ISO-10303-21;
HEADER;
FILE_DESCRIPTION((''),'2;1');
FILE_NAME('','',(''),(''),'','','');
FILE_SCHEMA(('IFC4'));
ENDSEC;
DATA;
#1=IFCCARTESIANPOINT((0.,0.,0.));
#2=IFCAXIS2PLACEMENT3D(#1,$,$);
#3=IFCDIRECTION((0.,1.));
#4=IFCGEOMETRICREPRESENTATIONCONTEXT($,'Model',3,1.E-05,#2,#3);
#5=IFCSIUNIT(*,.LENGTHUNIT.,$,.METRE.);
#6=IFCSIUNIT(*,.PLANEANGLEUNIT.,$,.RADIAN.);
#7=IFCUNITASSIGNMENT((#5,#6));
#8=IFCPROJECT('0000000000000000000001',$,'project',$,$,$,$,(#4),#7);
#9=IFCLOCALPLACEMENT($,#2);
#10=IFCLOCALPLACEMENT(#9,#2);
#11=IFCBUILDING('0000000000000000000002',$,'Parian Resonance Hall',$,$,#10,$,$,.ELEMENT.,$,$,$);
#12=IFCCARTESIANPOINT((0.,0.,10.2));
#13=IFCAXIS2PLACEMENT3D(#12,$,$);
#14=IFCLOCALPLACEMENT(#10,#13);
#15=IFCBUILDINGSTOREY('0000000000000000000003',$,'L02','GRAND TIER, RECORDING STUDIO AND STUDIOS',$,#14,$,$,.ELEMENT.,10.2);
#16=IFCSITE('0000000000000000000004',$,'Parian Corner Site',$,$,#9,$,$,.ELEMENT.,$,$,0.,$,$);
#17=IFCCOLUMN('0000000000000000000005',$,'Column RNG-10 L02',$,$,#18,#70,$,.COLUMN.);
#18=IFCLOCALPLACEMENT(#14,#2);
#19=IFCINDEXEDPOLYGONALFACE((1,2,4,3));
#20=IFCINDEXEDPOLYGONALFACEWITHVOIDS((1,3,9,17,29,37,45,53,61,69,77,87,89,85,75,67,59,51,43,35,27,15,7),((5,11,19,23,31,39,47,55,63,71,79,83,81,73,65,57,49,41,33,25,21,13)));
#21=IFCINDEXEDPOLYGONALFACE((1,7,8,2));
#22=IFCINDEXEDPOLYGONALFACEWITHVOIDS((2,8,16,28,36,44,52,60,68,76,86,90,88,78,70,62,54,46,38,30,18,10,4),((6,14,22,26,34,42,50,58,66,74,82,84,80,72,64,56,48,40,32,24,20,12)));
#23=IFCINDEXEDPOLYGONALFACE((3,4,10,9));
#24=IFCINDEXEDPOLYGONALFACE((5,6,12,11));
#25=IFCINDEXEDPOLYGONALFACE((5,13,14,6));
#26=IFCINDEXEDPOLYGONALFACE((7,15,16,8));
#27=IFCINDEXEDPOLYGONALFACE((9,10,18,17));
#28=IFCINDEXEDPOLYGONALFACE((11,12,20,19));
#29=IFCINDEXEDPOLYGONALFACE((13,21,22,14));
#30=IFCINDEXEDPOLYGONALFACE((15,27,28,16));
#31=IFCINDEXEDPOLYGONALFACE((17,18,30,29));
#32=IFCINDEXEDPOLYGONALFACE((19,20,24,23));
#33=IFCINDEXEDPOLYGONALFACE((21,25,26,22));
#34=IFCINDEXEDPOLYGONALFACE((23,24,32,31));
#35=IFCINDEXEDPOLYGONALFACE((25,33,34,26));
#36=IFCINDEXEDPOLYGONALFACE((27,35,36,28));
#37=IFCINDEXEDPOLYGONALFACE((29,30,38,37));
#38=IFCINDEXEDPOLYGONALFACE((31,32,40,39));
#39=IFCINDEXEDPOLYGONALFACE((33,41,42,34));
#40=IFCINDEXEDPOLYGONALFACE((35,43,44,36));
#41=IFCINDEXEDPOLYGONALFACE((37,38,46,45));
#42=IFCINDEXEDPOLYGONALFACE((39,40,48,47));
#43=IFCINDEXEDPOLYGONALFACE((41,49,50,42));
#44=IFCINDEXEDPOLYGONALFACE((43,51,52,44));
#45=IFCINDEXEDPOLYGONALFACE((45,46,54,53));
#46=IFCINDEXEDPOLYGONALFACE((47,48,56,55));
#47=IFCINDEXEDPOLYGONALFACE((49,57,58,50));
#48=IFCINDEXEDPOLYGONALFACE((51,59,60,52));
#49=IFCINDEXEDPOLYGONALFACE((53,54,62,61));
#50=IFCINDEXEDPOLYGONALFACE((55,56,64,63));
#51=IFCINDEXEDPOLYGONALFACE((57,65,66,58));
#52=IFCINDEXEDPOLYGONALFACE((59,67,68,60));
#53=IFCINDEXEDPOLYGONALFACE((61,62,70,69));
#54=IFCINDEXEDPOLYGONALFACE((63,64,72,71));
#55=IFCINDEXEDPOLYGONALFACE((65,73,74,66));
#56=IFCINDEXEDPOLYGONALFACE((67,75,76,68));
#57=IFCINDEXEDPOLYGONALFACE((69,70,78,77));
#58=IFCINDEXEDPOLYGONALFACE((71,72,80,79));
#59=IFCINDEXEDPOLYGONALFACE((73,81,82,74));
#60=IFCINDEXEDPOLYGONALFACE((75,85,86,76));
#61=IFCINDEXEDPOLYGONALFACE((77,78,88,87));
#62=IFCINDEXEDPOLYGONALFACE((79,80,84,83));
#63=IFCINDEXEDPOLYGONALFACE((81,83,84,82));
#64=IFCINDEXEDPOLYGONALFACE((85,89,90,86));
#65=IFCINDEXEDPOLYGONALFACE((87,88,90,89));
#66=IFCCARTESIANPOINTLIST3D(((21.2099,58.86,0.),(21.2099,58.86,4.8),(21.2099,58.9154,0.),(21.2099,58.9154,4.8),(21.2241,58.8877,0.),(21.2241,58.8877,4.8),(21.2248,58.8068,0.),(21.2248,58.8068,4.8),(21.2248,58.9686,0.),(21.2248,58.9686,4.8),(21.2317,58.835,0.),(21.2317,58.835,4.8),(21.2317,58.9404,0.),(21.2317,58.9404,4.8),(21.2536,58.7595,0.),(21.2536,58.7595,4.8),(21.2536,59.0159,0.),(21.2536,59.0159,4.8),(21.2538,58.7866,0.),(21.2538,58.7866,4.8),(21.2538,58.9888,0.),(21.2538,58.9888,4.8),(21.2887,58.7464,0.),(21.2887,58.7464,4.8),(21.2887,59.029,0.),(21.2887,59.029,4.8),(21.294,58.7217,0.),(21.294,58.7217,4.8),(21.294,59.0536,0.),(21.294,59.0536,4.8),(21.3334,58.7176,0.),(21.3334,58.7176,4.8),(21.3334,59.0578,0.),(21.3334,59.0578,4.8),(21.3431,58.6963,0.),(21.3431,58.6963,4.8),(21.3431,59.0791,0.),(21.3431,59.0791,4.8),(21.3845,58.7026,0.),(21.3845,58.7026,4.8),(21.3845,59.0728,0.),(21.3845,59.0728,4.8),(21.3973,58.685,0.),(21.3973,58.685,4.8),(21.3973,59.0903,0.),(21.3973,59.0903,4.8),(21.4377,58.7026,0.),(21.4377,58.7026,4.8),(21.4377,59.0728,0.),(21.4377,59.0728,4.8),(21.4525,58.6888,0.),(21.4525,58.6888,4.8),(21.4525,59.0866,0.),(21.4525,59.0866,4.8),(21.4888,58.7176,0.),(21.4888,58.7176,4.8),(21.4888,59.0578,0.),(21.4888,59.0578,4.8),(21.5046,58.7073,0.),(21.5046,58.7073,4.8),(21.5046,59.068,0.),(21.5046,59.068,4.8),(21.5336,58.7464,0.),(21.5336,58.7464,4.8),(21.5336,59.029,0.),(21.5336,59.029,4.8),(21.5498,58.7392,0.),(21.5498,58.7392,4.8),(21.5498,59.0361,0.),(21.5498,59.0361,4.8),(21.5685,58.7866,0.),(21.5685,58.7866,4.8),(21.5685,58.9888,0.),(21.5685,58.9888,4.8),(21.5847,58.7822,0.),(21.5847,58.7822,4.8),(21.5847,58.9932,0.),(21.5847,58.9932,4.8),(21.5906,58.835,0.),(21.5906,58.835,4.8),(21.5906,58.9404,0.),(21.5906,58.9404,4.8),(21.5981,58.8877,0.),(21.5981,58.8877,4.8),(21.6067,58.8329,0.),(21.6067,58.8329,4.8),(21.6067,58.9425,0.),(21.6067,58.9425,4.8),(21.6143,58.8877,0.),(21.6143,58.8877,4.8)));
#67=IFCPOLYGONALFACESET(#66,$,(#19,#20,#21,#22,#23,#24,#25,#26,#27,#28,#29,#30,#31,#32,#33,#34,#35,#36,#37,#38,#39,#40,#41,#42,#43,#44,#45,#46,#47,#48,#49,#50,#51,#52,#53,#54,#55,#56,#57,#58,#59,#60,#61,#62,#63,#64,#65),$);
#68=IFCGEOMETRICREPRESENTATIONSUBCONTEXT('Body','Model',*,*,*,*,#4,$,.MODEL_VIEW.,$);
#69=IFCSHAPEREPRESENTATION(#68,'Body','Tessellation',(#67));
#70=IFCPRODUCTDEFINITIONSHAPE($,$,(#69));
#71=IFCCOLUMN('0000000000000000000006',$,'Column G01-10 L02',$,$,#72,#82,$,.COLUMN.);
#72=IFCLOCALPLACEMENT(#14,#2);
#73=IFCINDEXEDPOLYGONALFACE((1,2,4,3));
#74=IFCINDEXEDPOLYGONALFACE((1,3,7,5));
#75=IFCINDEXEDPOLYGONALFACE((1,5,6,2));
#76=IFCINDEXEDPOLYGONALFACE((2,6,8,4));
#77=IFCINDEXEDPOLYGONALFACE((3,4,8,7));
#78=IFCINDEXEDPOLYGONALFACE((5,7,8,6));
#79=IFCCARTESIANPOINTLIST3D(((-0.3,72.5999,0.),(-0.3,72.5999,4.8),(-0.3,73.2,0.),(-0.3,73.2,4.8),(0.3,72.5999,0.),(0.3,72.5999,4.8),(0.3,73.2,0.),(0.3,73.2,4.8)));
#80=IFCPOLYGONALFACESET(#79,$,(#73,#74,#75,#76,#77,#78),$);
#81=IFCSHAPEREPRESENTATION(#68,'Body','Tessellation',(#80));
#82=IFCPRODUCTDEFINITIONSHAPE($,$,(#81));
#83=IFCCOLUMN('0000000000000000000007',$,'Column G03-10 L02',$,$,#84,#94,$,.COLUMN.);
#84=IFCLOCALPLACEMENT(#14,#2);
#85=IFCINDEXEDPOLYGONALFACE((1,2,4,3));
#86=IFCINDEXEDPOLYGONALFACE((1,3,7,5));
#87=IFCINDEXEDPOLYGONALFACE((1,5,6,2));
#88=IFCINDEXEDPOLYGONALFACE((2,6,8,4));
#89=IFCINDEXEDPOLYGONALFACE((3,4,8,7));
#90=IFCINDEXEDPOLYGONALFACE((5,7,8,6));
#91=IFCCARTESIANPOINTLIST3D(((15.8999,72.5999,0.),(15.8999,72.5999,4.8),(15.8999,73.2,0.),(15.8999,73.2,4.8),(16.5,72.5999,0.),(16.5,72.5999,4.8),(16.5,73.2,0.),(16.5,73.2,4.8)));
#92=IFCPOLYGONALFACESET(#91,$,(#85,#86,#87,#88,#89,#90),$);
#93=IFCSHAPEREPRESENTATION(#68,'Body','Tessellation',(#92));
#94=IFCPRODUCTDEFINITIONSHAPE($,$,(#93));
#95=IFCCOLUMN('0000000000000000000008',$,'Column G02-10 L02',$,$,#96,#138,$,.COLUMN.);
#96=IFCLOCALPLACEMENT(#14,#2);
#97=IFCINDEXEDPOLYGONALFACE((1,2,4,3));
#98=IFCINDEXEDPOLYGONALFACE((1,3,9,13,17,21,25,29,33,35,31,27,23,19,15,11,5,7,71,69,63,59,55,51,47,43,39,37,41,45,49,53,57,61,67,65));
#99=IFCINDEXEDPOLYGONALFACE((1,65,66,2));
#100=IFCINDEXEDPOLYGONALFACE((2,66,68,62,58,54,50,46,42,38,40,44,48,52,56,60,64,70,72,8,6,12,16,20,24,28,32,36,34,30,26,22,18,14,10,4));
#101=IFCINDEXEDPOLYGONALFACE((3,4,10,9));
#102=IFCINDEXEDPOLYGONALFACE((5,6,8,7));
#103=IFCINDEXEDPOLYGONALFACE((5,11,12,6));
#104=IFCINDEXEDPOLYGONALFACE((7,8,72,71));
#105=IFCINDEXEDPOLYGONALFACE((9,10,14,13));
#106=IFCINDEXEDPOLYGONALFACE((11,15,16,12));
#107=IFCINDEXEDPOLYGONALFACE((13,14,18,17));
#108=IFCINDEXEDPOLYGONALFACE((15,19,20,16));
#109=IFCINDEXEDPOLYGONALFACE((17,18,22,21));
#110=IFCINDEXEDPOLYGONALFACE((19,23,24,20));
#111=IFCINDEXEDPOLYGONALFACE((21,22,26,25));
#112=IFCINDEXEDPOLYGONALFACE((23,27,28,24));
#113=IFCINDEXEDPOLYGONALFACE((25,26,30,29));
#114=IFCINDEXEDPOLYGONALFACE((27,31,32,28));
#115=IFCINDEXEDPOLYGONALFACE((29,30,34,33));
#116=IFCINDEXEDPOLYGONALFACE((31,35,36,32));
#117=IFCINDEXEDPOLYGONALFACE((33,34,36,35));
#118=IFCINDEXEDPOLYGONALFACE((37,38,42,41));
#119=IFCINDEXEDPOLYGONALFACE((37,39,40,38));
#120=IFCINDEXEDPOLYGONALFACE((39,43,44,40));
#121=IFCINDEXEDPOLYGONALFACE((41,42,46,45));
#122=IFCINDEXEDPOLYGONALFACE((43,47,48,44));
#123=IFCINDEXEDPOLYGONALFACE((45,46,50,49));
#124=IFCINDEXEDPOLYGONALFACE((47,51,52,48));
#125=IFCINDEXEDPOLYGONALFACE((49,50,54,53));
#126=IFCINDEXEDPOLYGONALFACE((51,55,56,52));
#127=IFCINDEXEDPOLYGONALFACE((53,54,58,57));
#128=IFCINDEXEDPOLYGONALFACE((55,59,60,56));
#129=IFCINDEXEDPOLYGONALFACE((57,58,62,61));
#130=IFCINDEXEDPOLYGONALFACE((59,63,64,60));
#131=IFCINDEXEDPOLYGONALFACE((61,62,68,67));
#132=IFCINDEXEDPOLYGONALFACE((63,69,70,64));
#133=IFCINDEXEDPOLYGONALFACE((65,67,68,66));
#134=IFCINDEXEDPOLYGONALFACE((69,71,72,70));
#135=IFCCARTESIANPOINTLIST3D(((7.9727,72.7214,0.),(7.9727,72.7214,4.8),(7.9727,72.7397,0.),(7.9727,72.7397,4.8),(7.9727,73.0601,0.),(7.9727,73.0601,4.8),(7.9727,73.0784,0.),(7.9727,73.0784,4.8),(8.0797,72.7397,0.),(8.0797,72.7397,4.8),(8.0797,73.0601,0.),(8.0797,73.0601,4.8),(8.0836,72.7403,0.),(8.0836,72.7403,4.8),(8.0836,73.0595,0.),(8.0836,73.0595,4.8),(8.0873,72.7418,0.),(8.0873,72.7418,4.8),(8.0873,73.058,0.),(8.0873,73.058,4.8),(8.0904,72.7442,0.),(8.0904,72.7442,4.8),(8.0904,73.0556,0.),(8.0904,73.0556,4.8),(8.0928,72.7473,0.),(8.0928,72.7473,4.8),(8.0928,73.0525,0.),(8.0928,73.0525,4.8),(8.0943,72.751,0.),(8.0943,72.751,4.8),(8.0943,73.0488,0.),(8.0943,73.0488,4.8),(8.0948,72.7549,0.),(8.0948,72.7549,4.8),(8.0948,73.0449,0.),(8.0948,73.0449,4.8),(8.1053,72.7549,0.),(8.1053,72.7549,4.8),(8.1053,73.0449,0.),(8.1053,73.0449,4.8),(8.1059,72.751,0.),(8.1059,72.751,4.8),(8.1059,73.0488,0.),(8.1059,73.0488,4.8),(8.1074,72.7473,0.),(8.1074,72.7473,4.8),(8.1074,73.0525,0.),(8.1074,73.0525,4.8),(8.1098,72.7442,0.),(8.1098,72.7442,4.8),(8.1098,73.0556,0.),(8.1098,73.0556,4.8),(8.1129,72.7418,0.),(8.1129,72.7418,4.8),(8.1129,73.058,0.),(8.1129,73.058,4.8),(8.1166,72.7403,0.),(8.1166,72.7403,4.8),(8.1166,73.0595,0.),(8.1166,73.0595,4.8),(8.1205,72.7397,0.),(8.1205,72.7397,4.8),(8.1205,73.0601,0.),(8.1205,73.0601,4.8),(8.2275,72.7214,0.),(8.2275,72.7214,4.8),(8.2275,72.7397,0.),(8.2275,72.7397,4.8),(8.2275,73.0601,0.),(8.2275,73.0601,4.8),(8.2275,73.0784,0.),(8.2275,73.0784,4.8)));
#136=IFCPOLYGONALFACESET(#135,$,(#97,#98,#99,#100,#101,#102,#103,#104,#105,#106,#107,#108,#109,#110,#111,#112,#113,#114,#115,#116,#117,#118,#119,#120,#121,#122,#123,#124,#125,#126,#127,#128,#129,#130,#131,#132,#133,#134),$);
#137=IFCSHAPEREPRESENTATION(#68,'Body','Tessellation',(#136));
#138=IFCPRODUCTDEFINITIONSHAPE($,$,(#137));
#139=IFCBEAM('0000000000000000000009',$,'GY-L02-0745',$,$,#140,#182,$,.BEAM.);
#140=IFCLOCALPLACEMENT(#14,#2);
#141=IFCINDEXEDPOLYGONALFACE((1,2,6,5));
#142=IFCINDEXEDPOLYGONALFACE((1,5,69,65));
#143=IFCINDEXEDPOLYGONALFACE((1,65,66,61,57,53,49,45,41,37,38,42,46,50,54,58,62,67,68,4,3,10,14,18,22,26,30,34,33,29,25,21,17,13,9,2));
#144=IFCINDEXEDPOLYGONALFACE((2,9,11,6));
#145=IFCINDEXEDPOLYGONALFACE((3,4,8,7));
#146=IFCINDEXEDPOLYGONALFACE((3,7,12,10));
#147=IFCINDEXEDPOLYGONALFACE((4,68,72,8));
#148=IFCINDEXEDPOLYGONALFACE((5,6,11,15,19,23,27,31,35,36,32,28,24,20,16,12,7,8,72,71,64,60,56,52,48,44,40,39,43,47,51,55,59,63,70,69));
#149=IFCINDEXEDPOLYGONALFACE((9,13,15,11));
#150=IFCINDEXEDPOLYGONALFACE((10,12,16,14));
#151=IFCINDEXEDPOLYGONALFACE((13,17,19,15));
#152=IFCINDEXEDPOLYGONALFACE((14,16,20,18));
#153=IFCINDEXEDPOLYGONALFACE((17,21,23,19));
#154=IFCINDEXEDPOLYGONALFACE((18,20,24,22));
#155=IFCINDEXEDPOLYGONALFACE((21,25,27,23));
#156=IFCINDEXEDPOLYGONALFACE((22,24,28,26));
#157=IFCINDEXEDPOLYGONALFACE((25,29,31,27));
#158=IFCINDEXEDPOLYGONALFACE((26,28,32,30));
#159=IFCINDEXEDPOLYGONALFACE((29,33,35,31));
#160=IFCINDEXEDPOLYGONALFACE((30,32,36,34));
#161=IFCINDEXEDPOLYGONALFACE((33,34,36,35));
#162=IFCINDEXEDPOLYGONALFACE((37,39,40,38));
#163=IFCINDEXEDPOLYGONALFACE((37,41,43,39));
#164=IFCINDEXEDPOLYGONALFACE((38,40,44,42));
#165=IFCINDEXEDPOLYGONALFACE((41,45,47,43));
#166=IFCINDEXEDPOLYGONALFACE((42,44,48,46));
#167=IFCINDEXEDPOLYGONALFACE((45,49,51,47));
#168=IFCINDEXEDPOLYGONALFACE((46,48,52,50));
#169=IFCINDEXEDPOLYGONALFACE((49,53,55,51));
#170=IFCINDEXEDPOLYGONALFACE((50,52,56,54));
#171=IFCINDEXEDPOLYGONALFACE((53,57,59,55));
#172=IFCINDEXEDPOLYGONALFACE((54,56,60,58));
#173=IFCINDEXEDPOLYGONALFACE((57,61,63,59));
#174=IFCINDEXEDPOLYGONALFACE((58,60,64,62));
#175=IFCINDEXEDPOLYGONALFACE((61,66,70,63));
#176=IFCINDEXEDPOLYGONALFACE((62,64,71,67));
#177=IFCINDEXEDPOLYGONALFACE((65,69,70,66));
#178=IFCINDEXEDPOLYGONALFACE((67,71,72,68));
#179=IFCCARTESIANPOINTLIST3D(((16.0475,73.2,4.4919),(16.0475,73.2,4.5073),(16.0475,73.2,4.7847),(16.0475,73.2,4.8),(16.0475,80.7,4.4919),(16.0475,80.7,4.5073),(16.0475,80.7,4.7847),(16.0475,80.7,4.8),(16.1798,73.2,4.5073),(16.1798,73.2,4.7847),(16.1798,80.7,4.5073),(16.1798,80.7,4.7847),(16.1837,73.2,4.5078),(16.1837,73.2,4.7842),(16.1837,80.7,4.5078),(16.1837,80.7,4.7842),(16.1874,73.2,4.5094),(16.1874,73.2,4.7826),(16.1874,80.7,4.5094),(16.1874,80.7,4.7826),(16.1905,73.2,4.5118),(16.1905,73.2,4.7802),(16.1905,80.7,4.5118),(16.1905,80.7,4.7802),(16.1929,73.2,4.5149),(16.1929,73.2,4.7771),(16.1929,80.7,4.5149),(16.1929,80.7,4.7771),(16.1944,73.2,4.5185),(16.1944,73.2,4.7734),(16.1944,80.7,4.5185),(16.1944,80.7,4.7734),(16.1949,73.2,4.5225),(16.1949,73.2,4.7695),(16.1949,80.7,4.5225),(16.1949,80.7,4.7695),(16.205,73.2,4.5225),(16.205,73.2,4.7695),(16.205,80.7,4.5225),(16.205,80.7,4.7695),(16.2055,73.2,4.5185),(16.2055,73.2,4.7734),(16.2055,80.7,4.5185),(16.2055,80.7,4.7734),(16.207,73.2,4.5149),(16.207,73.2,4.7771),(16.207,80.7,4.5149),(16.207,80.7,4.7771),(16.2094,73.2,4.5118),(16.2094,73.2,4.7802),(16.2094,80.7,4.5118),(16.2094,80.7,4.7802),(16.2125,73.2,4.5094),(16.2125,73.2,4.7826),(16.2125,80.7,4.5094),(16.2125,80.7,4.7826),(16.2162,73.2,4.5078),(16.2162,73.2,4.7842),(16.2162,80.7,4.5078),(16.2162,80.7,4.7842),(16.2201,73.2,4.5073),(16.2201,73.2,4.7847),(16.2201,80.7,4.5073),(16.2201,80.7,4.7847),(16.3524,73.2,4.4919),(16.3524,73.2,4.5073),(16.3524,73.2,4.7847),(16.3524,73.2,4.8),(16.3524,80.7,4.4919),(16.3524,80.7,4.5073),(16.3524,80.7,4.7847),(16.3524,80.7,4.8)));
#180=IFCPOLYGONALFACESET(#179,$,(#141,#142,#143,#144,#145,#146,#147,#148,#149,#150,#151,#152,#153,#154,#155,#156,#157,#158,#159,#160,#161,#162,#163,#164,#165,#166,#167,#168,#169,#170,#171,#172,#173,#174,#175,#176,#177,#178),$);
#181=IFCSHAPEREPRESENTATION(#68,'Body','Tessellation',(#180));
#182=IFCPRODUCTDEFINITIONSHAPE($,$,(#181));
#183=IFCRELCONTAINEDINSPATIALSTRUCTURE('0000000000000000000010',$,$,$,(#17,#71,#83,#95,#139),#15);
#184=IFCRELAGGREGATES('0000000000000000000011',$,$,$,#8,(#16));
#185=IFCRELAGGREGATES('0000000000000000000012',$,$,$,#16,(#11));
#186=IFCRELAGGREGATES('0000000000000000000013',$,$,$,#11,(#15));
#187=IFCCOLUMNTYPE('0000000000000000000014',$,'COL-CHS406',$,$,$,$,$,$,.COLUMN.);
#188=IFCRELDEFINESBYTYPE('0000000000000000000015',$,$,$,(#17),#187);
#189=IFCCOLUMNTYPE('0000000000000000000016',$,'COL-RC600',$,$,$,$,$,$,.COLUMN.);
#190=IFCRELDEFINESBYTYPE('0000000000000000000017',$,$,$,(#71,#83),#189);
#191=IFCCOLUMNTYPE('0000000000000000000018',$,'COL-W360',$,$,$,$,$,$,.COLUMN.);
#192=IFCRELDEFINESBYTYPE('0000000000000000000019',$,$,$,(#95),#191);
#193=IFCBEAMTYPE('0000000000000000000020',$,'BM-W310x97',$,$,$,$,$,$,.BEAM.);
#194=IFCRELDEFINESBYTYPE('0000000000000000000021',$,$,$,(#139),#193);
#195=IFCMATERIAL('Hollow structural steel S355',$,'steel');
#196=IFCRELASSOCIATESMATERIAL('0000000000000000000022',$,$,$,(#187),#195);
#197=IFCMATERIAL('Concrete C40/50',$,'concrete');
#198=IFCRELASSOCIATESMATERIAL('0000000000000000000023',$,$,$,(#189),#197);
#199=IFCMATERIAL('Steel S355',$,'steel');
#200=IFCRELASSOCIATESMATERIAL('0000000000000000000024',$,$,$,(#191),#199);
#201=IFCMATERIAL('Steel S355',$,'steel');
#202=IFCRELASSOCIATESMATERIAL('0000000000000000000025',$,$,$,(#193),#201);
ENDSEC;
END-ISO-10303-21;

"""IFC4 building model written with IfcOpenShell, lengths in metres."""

from ifc_helpers import new_model, si_unit, direction, frame, origin, origin_2d, place, context, subcontext, project, spatial, rectangle, hollow_circle, i_section, extrude, material, material_profile, profile_set, type_object, element, save


model = new_model("IFC4")

# Units and contexts
model_context = context("Model", 3, precision=1e-05, world=origin(), true_north=direction((0.0, 1.0)))
body_context = subcontext(model_context, "Body", "Model", "MODEL_VIEW")
ifc_project = project(units=[si_unit("LENGTHUNIT", "METRE"), si_unit("PLANEANGLEUNIT", "RADIAN")], contexts=[model_context])

# Site, building, storey
site_placement = place(None, origin())
site = spatial("IfcSite", under=ifc_project, at=site_placement, Name="Parian Corner Site", CompositionType="ELEMENT", RefElevation=0.0)
building_placement = place(site_placement, origin())
building = spatial("IfcBuilding", under=site, at=building_placement, Name="Parian Resonance Hall", CompositionType="ELEMENT")
storey_placement = place(building_placement, frame((0.0, 0.0, 10.2)))
storey = spatial("IfcBuildingStorey", under=building, at=storey_placement, Name="L02", Description="GRAND TIER, RECORDING STUDIO AND STUDIOS", CompositionType="ELEMENT", Elevation=10.2)

# Columns
ifc_material_1 = material(Name="Hollow structural steel S355", Category="steel")
ifc_material_profile_1 = material_profile(ifc_material_1, hollow_circle(Radius=0.2031, WallThickness=0.0161, at=origin_2d()), Name="CHS406.4x16")
ifc_profile_set_1 = profile_set([ifc_material_profile_1], Name="Hollow structural steel S355")
column_type_1 = type_object("IfcColumnType", Name="COL-CHS406", PredefinedType="COLUMN", material=ifc_profile_set_1)
column_1_placement = place(storey_placement, frame((21.4111, 58.8877, 0.0), z_axis=(0.0, 0.0, 1.0), x_axis=(1.0, 0.0, 0.0)))
element("IfcColumn", 1, at=column_1_placement, inside=storey, type_object=column_type_1, Name="Column RNG-10 L02", PredefinedType="COLUMN", context=body_context, shape_type="SweptSolid", body=[
    extrude(hollow_circle(Radius=0.2031, WallThickness=0.0161, at=origin_2d()), origin(), (0.0, 0.0, 1.0), 4.8),
])
ifc_material_2 = material(Name="Concrete C40/50", Category="concrete")
ifc_material_profile_2 = material_profile(ifc_material_2, rectangle(XDim=0.6001, YDim=0.6001, at=origin_2d()), Name="RC-COL-600x600")
ifc_profile_set_2 = profile_set([ifc_material_profile_2], Name="Concrete C40/50")
column_type_2 = type_object("IfcColumnType", Name="COL-RC600", PredefinedType="COLUMN", material=ifc_profile_set_2)
for number, where, z_axis, x_axis, name in (
    (2, (0.0, 72.8999, 0.0), (0.0, 0.0, 1.0), (1.0, 0.0, 0.0), "Column G01-10 L02"),
    (3, (16.2, 72.8999, 0.0), (0.0, 0.0, 1.0), (1.0, 0.0, 0.0), "Column G03-10 L02"),
):
    element("IfcColumn", number, at=place(storey_placement, frame(where, z_axis=z_axis, x_axis=x_axis)), inside=storey, type_object=column_type_2, Name=name, PredefinedType="COLUMN", context=body_context, shape_type="SweptSolid", body=[
        extrude(rectangle(XDim=0.6001, YDim=0.6001, at=origin_2d()), origin(), (0.0, 0.0, 1.0), 4.8),
    ])
ifc_material_3 = material(Name="Steel S355", Category="steel")
ifc_material_profile_3 = material_profile(ifc_material_3, i_section(OverallWidth=0.2549, OverallDepth=0.3569, WebThickness=0.0105, FlangeThickness=0.0183, FilletRadius=0.0151, at=origin_2d()), Name="W360x101")
ifc_profile_set_3 = profile_set([ifc_material_profile_3], Name="Steel S355")
column_type_3 = type_object("IfcColumnType", Name="COL-W360", PredefinedType="COLUMN", material=ifc_profile_set_3)
column_2_placement = place(storey_placement, frame((8.1001, 72.8999, 0.0), z_axis=(0.0, 0.0, 1.0), x_axis=(1.0, 0.0, 0.0)))
element("IfcColumn", 4, at=column_2_placement, inside=storey, type_object=column_type_3, Name="Column G02-10 L02", PredefinedType="COLUMN", context=body_context, shape_type="SweptSolid", body=[
    extrude(i_section(OverallWidth=0.2549, OverallDepth=0.3569, WebThickness=0.0105, FlangeThickness=0.0183, FilletRadius=0.0151, at=origin_2d()), origin(), (0.0, 0.0, 1.0), 4.8),
])

# Beam
ifc_material_4 = material(Name="Steel S355", Category="steel")
ifc_material_profile_4 = material_profile(ifc_material_4, i_section(OverallWidth=0.3049, OverallDepth=0.3081, WebThickness=0.01, FlangeThickness=0.0154, FilletRadius=0.0151, at=origin_2d()), Name="W310x97")
ifc_profile_set_4 = profile_set([ifc_material_profile_4], Name="Steel S355")
beam_type_1 = type_object("IfcBeamType", Name="BM-W310x97", PredefinedType="BEAM", material=ifc_profile_set_4)
beam_1_placement = place(storey_placement, frame((16.2, 73.2, 4.646), z_axis=(0.0, 1.0, 0.0), x_axis=(-1.0, 0.0, 0.0)))
element("IfcBeam", 5, at=beam_1_placement, inside=storey, type_object=beam_type_1, Name="GY-L02-0745", PredefinedType="BEAM", context=body_context, shape_type="SweptSolid", body=[
    extrude(i_section(OverallWidth=0.3049, OverallDepth=0.3081, WebThickness=0.01, FlangeThickness=0.0154, FilletRadius=0.0151, at=origin_2d()), origin(), (0.0, 0.0, 1.0), 7.5),
])

save(model, "model.ifc")
